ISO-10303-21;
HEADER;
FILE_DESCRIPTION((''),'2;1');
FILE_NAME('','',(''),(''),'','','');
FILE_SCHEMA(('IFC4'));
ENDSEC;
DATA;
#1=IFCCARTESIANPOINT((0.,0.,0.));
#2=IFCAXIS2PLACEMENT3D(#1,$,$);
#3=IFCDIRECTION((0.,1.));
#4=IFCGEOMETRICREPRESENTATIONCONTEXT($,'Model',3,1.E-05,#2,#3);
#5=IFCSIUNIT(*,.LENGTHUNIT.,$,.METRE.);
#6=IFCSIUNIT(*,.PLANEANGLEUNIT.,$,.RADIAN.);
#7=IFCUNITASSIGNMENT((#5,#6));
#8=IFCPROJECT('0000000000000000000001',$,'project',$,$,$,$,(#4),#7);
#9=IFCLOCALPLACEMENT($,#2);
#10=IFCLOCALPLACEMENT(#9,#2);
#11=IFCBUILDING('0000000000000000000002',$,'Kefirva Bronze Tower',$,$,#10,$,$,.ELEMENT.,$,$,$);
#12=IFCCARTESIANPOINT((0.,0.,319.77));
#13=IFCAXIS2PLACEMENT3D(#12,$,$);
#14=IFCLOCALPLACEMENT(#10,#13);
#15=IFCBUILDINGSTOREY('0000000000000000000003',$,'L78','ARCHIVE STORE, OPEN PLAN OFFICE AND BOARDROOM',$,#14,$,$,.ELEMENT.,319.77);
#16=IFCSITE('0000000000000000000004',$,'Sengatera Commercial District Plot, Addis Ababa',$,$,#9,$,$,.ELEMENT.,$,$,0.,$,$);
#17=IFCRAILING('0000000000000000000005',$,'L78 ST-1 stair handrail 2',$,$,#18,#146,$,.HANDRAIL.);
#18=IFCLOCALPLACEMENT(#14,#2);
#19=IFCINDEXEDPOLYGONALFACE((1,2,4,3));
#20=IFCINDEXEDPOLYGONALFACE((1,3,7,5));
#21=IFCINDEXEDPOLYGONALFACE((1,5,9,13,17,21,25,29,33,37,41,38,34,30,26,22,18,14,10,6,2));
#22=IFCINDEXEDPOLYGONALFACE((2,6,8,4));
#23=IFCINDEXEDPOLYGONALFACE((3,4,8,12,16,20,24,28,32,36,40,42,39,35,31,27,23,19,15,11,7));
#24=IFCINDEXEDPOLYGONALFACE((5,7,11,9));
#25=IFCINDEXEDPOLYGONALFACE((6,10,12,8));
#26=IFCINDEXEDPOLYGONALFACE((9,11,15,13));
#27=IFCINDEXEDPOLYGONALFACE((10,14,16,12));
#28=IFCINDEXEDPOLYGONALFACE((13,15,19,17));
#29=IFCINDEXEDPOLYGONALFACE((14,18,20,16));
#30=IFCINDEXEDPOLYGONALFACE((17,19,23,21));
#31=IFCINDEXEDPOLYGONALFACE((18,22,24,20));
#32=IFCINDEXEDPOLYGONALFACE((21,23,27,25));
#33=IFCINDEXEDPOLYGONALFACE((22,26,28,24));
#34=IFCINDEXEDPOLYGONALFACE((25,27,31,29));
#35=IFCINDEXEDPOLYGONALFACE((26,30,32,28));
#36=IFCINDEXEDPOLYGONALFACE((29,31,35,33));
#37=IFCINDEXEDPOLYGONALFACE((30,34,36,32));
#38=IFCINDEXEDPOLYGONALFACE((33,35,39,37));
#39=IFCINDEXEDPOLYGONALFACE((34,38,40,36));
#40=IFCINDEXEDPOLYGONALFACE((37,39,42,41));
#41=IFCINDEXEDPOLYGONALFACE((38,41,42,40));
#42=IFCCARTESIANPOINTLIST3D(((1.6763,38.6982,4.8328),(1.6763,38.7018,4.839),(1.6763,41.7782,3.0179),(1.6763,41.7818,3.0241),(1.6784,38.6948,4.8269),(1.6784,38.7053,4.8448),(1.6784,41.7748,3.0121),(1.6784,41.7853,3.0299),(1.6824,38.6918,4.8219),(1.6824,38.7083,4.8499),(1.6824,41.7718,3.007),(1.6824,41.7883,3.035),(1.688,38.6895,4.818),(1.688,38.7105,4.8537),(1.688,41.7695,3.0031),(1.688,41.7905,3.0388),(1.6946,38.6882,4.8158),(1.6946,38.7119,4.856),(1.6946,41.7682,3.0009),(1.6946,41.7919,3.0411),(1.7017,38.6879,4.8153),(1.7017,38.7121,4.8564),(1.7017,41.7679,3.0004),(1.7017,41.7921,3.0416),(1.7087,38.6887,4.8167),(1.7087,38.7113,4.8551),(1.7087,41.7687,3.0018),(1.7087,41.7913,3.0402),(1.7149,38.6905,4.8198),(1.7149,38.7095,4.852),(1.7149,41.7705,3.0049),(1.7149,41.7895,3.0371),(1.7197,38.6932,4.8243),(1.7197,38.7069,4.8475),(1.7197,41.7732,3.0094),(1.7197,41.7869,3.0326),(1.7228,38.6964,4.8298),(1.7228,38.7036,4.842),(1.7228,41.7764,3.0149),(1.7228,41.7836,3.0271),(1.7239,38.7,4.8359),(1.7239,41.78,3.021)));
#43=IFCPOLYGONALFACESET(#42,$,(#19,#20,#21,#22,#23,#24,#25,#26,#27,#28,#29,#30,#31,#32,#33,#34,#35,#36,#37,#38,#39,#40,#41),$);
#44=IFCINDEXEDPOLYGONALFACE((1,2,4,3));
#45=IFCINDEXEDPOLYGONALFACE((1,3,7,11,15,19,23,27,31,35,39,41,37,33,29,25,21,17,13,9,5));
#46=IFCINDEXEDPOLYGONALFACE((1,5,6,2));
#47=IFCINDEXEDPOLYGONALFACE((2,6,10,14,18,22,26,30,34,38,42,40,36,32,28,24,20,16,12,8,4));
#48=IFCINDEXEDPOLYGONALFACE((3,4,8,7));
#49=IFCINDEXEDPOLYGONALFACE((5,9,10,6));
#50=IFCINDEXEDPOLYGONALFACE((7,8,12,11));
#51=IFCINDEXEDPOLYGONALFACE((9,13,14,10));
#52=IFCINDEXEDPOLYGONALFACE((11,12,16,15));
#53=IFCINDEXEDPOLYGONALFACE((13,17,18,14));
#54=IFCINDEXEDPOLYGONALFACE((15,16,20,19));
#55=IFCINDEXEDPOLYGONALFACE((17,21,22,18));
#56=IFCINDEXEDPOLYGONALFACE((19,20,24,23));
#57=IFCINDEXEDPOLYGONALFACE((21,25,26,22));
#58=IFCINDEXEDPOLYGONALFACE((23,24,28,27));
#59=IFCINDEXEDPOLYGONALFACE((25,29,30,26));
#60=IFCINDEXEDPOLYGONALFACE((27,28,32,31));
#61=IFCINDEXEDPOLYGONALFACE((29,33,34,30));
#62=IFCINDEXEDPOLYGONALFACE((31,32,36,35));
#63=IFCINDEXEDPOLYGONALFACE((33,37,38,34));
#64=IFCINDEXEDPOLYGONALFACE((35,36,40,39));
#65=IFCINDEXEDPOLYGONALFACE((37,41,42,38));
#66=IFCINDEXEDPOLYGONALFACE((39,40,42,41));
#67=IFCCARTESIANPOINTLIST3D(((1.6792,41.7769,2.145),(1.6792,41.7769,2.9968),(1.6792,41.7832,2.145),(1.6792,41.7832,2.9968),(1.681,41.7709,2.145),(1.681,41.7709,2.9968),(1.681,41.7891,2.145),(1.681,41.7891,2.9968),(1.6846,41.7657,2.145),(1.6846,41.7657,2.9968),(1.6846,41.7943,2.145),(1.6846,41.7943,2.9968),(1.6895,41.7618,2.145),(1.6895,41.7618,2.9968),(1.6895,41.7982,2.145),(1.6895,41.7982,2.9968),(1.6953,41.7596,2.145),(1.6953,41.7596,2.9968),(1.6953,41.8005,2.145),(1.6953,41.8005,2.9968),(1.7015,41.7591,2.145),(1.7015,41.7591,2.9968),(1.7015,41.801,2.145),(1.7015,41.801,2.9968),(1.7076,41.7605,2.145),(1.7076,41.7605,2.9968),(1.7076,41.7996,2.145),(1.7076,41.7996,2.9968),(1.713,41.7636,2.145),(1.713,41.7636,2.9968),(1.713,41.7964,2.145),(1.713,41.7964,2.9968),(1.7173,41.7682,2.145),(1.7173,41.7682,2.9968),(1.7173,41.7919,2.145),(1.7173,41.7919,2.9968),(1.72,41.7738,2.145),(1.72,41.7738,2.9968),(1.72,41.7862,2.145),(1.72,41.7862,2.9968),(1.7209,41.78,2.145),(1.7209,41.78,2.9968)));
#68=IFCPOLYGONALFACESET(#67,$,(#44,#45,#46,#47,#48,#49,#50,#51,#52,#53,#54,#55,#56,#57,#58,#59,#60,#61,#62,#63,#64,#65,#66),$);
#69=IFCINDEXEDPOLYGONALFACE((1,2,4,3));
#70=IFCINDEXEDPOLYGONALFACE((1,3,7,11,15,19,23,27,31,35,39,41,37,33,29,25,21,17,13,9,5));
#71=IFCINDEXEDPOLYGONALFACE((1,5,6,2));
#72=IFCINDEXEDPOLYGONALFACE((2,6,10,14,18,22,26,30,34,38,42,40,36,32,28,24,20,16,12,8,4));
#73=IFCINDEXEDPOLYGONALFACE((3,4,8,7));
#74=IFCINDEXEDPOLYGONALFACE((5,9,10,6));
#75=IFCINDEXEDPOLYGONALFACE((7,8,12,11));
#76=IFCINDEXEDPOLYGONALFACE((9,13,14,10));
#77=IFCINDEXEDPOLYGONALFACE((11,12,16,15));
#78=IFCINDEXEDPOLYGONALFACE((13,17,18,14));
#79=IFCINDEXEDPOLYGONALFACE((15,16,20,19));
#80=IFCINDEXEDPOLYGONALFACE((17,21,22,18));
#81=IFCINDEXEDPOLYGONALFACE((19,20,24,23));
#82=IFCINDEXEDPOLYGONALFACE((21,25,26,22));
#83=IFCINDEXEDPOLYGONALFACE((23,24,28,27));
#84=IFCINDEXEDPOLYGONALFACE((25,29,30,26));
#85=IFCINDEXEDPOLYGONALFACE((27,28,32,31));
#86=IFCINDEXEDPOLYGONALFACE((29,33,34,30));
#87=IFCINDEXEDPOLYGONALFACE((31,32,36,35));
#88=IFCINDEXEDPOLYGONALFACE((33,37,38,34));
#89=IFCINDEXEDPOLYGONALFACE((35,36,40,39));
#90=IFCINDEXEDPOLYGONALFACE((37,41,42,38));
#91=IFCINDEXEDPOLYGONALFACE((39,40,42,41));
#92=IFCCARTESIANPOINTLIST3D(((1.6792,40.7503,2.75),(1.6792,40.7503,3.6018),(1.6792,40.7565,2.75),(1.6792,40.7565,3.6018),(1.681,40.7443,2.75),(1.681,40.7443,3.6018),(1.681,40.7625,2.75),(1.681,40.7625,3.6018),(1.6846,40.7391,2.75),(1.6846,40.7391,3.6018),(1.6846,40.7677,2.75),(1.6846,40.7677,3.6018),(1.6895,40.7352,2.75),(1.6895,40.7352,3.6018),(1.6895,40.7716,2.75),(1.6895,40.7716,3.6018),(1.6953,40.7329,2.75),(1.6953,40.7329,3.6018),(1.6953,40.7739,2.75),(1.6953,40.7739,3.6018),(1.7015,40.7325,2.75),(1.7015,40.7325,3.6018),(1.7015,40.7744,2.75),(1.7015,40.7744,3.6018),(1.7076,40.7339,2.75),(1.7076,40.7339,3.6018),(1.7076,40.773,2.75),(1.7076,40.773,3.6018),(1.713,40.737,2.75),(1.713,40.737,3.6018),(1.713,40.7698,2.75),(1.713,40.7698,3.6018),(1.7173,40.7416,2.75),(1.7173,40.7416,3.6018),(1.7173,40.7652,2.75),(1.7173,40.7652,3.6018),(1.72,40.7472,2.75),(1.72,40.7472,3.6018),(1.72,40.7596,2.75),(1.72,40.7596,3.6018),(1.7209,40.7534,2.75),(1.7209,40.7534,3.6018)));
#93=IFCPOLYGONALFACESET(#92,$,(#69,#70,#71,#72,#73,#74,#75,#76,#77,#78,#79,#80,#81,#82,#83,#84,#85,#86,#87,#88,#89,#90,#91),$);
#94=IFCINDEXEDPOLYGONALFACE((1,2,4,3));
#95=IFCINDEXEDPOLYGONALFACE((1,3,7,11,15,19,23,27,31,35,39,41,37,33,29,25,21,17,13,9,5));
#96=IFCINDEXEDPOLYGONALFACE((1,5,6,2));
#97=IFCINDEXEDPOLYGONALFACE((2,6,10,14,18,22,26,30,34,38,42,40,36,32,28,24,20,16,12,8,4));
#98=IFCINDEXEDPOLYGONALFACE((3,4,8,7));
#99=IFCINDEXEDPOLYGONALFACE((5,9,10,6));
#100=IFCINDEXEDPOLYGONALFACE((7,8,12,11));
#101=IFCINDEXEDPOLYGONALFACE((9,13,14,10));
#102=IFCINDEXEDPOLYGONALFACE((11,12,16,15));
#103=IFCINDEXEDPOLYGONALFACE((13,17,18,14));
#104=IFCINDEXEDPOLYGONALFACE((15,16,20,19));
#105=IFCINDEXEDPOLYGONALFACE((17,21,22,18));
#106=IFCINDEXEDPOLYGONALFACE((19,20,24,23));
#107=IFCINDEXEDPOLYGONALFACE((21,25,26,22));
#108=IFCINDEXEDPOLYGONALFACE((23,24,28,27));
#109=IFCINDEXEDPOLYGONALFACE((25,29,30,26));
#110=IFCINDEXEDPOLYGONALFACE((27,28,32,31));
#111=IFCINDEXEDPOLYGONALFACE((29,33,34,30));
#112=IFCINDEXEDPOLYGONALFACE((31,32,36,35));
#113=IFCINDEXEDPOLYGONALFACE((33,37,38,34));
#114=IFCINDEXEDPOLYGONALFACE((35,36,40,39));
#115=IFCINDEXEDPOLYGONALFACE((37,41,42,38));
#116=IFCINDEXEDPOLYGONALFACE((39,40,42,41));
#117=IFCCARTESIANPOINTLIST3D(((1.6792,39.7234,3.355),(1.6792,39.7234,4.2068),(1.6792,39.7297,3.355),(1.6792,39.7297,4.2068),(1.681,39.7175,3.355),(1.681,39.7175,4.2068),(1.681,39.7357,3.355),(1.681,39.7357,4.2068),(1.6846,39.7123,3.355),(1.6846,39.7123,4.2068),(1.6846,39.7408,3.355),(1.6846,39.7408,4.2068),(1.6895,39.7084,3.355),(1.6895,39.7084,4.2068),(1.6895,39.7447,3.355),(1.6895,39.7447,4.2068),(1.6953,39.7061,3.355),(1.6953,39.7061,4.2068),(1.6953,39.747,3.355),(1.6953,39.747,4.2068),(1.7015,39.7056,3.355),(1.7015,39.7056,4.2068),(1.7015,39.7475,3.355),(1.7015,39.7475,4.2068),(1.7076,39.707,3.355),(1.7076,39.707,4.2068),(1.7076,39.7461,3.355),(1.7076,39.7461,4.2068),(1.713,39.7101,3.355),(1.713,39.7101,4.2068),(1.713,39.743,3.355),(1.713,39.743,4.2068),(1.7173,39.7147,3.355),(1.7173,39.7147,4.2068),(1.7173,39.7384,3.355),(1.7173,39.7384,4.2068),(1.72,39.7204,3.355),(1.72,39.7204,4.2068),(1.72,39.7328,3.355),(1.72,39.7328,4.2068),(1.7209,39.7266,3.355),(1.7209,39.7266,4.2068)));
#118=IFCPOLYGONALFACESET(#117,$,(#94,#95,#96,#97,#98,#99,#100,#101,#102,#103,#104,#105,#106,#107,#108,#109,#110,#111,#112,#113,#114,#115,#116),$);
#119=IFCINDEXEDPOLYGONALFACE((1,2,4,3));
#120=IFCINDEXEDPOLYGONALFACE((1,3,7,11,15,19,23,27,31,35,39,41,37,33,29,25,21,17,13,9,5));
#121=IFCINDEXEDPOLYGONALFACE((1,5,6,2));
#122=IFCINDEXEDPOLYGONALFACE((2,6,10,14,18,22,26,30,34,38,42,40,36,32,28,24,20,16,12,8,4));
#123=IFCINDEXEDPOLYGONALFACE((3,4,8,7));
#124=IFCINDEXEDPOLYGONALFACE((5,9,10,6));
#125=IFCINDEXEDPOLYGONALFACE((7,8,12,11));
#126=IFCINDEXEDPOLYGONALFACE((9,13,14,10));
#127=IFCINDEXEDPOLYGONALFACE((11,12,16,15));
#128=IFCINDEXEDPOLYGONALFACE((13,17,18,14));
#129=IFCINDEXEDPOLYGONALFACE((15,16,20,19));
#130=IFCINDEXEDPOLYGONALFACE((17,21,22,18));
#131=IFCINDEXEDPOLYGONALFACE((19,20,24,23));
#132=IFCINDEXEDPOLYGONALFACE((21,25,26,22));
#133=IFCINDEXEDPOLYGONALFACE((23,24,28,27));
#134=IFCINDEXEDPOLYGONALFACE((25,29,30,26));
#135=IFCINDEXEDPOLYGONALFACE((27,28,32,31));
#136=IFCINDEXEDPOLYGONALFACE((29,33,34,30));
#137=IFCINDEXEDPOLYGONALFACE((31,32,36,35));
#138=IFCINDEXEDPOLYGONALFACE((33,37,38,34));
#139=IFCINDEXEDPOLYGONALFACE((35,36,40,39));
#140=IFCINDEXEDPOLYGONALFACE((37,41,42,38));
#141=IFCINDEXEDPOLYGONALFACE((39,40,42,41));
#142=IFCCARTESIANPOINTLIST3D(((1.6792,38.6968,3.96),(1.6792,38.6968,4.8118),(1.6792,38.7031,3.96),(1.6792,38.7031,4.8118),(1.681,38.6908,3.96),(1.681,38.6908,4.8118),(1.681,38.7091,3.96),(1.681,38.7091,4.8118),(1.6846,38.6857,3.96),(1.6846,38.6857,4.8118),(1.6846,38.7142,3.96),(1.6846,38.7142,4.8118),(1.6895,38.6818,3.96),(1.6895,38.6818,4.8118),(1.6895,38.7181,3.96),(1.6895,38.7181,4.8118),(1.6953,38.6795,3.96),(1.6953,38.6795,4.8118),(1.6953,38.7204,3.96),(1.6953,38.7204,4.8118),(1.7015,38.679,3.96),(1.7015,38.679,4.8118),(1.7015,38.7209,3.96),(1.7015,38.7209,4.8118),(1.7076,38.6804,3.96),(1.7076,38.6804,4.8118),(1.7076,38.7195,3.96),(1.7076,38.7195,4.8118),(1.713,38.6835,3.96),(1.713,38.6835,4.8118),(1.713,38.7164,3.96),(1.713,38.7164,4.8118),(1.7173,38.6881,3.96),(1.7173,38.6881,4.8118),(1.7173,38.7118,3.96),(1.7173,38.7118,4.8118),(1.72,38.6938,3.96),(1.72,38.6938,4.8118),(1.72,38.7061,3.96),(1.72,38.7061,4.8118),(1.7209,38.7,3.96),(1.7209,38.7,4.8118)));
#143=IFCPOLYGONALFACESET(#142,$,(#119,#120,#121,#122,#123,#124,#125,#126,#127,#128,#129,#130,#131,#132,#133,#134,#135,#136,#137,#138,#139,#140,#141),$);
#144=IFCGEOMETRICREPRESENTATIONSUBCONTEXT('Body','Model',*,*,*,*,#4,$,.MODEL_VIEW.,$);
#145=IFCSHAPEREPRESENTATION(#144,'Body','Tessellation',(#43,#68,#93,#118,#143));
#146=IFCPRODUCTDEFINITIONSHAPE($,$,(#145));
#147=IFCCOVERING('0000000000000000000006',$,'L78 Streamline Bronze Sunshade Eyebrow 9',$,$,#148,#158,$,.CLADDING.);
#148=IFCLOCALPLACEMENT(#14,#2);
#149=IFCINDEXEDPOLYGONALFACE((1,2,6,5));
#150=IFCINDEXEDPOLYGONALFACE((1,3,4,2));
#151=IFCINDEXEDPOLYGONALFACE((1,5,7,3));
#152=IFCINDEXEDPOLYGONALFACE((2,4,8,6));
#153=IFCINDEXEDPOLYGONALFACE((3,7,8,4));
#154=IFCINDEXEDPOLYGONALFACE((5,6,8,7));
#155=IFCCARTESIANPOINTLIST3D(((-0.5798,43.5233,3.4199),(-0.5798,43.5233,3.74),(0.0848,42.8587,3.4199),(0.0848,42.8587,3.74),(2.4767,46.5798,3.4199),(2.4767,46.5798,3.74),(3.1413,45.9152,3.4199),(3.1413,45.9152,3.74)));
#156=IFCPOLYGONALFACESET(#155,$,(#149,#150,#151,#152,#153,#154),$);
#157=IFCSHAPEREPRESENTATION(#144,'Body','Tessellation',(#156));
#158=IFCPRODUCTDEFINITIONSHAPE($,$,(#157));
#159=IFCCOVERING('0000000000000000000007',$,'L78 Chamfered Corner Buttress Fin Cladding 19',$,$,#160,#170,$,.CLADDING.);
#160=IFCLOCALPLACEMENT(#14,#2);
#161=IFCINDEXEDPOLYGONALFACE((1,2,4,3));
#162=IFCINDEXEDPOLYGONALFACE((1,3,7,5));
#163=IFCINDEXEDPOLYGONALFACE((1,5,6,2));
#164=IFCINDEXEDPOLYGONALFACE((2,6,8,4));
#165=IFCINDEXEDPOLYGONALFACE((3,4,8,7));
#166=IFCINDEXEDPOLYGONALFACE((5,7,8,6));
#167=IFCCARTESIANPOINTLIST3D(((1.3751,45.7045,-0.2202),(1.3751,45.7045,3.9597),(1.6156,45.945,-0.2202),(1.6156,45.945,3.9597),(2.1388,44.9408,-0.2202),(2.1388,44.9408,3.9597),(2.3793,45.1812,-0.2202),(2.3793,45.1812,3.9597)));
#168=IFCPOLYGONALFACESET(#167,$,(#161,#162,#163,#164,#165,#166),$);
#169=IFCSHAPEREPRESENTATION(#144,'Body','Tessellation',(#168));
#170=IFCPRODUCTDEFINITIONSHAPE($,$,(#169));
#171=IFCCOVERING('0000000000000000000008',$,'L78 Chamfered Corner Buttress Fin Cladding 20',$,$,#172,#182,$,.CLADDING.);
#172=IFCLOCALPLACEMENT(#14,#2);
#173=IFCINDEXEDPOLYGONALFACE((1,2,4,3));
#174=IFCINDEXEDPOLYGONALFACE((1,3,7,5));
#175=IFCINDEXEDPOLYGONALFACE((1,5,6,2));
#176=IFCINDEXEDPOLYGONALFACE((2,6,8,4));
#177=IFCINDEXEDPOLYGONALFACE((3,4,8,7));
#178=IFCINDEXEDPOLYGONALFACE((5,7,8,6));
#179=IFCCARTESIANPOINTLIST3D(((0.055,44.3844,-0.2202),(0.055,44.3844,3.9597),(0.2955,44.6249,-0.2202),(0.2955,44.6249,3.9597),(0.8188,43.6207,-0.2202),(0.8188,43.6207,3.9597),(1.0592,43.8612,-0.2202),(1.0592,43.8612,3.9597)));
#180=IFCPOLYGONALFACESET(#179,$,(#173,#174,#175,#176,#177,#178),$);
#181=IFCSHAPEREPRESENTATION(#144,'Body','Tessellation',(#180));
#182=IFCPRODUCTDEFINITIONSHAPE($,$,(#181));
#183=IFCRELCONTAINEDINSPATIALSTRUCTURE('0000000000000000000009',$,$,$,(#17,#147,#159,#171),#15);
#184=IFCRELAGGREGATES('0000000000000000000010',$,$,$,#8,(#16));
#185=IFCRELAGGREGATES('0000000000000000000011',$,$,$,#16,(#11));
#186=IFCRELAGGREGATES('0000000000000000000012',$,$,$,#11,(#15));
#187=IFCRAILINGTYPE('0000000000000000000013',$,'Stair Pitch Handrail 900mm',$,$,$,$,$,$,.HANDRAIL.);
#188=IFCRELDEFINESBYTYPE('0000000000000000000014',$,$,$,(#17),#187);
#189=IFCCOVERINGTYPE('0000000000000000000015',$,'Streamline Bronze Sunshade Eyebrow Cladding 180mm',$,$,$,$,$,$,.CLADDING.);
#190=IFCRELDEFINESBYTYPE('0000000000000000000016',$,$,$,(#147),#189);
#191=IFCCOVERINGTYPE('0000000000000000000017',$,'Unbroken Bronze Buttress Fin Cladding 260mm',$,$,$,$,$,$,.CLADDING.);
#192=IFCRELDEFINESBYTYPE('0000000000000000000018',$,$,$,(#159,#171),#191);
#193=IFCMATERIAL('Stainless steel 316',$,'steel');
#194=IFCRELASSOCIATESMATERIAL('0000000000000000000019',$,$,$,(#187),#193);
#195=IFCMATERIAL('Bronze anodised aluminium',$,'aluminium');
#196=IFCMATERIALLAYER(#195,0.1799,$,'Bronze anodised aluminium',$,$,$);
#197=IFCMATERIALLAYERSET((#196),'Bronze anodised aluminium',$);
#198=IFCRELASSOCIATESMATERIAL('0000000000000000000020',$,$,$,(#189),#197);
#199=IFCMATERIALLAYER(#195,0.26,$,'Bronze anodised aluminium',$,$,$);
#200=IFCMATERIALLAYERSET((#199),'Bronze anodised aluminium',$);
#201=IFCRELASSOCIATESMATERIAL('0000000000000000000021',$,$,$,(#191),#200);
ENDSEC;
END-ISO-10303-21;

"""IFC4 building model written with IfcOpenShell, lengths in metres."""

from ifc_helpers import new_model, si_unit, direction, frame, origin, origin_2d, place, context, subcontext, project, spatial, rectangle, circle, extrude, material, layer, layer_set, type_object, element, save


model = new_model("IFC4")

# Units and contexts
model_context = context("Model", 3, precision=1e-05, world=origin(), true_north=direction((0.0, 1.0)))
body_context = subcontext(model_context, "Body", "Model", "MODEL_VIEW")
ifc_project = project(units=[si_unit("LENGTHUNIT", "METRE"), si_unit("PLANEANGLEUNIT", "RADIAN")], contexts=[model_context])

# Site, building, storey
site_placement = place(None, origin())
site = spatial("IfcSite", under=ifc_project, at=site_placement, Name="Sengatera Commercial District Plot, Addis Ababa", CompositionType="ELEMENT", RefElevation=0.0)
building_placement = place(site_placement, origin())
building = spatial("IfcBuilding", under=site, at=building_placement, Name="Kefirva Bronze Tower", CompositionType="ELEMENT")
storey_placement = place(building_placement, frame((0.0, 0.0, 319.77)))
storey = spatial("IfcBuildingStorey", under=building, at=storey_placement, Name="L78", Description="ARCHIVE STORE, OPEN PLAN OFFICE AND BOARDROOM", CompositionType="ELEMENT", Elevation=319.77)

# Shared definitions
ifc_material_1 = material(Name="Bronze anodised aluminium", Category="aluminium")

# Railing
ifc_material_2 = material(Name="Stainless steel 316", Category="steel")
railing_type_1 = type_object("IfcRailingType", Name="Stair Pitch Handrail 900mm", PredefinedType="HANDRAIL", material=ifc_material_2)
railing_1_placement = place(storey_placement, frame((1.7, 41.78, 2.145)))
element("IfcRailing", 1, at=railing_1_placement, inside=storey, type_object=railing_type_1, Name="L78 ST-1 stair handrail 2", PredefinedType="HANDRAIL", context=body_context, shape_type="SweptSolid", body=[
    extrude(circle(Radius=0.0239, at=origin_2d()), frame((0.0, 0.0, 0.876), z_axis=(0.0, -0.861551, 0.507671), x_axis=(1.0, 0.0, 0.0)), (0.0, 0.0, 1.0), 3.575),
    extrude(circle(Radius=0.021, at=origin_2d()), origin(), (0.0, 0.0, 1.0), 0.8518),
    extrude(circle(Radius=0.021, at=origin_2d()), frame((0.0, -1.0266, 0.605)), (0.0, 0.0, 1.0), 0.8518),
    extrude(circle(Radius=0.021, at=origin_2d()), frame((0.0, -2.0535, 1.21)), (0.0, 0.0, 1.0), 0.8518),
    extrude(circle(Radius=0.021, at=origin_2d()), frame((0.0, -3.0801, 1.8149)), (0.0, 0.0, 1.0), 0.8518),
])

# Coverings
ifc_layer_1 = layer(ifc_material_1, 0.1799, Name="Bronze anodised aluminium")
ifc_layer_set_1 = layer_set([ifc_layer_1], Name="Bronze anodised aluminium")
covering_type_1 = type_object("IfcCoveringType", Name="Streamline Bronze Sunshade Eyebrow Cladding 180mm", PredefinedType="CLADDING", material=ifc_layer_set_1)
covering_1_placement = place(storey_placement, frame((1.2808, 44.7192, 3.4199), z_axis=(0.0, 0.0, 1.0), x_axis=(-0.707107, -0.707107, 0.0)))
element("IfcCovering", 2, at=covering_1_placement, inside=storey, type_object=covering_type_1, Name="L78 Streamline Bronze Sunshade Eyebrow 9", PredefinedType="CLADDING", context=body_context, shape_type="SweptSolid", body=[
    extrude(rectangle(XDim=4.3225, YDim=0.9399, at=origin_2d()), origin(), (0.0, 0.0, 1.0), 0.3201),
])
ifc_layer_2 = layer(ifc_material_1, 0.26, Name="Bronze anodised aluminium")
ifc_layer_set_2 = layer_set([ifc_layer_2], Name="Bronze anodised aluminium")
covering_type_2 = type_object("IfcCoveringType", Name="Unbroken Bronze Buttress Fin Cladding 260mm", PredefinedType="CLADDING", material=ifc_layer_set_2)
for number, where, z_axis, x_axis, name in (
    (3, (1.8772, 45.4429, -0.2202), (0.0, 0.0, 1.0), (-0.707107, -0.707107, 0.0), "L78 Chamfered Corner Buttress Fin Cladding 19"),
    (4, (0.5571, 44.1228, -0.2202), (0.0, 0.0, 1.0), (-0.707107, -0.707107, 0.0), "L78 Chamfered Corner Buttress Fin Cladding 20"),
):
    element("IfcCovering", number, at=place(storey_placement, frame(where, z_axis=z_axis, x_axis=x_axis)), inside=storey, type_object=covering_type_2, Name=name, PredefinedType="CLADDING", context=body_context, shape_type="SweptSolid", body=[
        extrude(rectangle(XDim=0.3401, YDim=1.0801, at=origin_2d()), origin(), (0.0, 0.0, 1.0), 4.1799),
    ])

save(model, "model.ifc")
